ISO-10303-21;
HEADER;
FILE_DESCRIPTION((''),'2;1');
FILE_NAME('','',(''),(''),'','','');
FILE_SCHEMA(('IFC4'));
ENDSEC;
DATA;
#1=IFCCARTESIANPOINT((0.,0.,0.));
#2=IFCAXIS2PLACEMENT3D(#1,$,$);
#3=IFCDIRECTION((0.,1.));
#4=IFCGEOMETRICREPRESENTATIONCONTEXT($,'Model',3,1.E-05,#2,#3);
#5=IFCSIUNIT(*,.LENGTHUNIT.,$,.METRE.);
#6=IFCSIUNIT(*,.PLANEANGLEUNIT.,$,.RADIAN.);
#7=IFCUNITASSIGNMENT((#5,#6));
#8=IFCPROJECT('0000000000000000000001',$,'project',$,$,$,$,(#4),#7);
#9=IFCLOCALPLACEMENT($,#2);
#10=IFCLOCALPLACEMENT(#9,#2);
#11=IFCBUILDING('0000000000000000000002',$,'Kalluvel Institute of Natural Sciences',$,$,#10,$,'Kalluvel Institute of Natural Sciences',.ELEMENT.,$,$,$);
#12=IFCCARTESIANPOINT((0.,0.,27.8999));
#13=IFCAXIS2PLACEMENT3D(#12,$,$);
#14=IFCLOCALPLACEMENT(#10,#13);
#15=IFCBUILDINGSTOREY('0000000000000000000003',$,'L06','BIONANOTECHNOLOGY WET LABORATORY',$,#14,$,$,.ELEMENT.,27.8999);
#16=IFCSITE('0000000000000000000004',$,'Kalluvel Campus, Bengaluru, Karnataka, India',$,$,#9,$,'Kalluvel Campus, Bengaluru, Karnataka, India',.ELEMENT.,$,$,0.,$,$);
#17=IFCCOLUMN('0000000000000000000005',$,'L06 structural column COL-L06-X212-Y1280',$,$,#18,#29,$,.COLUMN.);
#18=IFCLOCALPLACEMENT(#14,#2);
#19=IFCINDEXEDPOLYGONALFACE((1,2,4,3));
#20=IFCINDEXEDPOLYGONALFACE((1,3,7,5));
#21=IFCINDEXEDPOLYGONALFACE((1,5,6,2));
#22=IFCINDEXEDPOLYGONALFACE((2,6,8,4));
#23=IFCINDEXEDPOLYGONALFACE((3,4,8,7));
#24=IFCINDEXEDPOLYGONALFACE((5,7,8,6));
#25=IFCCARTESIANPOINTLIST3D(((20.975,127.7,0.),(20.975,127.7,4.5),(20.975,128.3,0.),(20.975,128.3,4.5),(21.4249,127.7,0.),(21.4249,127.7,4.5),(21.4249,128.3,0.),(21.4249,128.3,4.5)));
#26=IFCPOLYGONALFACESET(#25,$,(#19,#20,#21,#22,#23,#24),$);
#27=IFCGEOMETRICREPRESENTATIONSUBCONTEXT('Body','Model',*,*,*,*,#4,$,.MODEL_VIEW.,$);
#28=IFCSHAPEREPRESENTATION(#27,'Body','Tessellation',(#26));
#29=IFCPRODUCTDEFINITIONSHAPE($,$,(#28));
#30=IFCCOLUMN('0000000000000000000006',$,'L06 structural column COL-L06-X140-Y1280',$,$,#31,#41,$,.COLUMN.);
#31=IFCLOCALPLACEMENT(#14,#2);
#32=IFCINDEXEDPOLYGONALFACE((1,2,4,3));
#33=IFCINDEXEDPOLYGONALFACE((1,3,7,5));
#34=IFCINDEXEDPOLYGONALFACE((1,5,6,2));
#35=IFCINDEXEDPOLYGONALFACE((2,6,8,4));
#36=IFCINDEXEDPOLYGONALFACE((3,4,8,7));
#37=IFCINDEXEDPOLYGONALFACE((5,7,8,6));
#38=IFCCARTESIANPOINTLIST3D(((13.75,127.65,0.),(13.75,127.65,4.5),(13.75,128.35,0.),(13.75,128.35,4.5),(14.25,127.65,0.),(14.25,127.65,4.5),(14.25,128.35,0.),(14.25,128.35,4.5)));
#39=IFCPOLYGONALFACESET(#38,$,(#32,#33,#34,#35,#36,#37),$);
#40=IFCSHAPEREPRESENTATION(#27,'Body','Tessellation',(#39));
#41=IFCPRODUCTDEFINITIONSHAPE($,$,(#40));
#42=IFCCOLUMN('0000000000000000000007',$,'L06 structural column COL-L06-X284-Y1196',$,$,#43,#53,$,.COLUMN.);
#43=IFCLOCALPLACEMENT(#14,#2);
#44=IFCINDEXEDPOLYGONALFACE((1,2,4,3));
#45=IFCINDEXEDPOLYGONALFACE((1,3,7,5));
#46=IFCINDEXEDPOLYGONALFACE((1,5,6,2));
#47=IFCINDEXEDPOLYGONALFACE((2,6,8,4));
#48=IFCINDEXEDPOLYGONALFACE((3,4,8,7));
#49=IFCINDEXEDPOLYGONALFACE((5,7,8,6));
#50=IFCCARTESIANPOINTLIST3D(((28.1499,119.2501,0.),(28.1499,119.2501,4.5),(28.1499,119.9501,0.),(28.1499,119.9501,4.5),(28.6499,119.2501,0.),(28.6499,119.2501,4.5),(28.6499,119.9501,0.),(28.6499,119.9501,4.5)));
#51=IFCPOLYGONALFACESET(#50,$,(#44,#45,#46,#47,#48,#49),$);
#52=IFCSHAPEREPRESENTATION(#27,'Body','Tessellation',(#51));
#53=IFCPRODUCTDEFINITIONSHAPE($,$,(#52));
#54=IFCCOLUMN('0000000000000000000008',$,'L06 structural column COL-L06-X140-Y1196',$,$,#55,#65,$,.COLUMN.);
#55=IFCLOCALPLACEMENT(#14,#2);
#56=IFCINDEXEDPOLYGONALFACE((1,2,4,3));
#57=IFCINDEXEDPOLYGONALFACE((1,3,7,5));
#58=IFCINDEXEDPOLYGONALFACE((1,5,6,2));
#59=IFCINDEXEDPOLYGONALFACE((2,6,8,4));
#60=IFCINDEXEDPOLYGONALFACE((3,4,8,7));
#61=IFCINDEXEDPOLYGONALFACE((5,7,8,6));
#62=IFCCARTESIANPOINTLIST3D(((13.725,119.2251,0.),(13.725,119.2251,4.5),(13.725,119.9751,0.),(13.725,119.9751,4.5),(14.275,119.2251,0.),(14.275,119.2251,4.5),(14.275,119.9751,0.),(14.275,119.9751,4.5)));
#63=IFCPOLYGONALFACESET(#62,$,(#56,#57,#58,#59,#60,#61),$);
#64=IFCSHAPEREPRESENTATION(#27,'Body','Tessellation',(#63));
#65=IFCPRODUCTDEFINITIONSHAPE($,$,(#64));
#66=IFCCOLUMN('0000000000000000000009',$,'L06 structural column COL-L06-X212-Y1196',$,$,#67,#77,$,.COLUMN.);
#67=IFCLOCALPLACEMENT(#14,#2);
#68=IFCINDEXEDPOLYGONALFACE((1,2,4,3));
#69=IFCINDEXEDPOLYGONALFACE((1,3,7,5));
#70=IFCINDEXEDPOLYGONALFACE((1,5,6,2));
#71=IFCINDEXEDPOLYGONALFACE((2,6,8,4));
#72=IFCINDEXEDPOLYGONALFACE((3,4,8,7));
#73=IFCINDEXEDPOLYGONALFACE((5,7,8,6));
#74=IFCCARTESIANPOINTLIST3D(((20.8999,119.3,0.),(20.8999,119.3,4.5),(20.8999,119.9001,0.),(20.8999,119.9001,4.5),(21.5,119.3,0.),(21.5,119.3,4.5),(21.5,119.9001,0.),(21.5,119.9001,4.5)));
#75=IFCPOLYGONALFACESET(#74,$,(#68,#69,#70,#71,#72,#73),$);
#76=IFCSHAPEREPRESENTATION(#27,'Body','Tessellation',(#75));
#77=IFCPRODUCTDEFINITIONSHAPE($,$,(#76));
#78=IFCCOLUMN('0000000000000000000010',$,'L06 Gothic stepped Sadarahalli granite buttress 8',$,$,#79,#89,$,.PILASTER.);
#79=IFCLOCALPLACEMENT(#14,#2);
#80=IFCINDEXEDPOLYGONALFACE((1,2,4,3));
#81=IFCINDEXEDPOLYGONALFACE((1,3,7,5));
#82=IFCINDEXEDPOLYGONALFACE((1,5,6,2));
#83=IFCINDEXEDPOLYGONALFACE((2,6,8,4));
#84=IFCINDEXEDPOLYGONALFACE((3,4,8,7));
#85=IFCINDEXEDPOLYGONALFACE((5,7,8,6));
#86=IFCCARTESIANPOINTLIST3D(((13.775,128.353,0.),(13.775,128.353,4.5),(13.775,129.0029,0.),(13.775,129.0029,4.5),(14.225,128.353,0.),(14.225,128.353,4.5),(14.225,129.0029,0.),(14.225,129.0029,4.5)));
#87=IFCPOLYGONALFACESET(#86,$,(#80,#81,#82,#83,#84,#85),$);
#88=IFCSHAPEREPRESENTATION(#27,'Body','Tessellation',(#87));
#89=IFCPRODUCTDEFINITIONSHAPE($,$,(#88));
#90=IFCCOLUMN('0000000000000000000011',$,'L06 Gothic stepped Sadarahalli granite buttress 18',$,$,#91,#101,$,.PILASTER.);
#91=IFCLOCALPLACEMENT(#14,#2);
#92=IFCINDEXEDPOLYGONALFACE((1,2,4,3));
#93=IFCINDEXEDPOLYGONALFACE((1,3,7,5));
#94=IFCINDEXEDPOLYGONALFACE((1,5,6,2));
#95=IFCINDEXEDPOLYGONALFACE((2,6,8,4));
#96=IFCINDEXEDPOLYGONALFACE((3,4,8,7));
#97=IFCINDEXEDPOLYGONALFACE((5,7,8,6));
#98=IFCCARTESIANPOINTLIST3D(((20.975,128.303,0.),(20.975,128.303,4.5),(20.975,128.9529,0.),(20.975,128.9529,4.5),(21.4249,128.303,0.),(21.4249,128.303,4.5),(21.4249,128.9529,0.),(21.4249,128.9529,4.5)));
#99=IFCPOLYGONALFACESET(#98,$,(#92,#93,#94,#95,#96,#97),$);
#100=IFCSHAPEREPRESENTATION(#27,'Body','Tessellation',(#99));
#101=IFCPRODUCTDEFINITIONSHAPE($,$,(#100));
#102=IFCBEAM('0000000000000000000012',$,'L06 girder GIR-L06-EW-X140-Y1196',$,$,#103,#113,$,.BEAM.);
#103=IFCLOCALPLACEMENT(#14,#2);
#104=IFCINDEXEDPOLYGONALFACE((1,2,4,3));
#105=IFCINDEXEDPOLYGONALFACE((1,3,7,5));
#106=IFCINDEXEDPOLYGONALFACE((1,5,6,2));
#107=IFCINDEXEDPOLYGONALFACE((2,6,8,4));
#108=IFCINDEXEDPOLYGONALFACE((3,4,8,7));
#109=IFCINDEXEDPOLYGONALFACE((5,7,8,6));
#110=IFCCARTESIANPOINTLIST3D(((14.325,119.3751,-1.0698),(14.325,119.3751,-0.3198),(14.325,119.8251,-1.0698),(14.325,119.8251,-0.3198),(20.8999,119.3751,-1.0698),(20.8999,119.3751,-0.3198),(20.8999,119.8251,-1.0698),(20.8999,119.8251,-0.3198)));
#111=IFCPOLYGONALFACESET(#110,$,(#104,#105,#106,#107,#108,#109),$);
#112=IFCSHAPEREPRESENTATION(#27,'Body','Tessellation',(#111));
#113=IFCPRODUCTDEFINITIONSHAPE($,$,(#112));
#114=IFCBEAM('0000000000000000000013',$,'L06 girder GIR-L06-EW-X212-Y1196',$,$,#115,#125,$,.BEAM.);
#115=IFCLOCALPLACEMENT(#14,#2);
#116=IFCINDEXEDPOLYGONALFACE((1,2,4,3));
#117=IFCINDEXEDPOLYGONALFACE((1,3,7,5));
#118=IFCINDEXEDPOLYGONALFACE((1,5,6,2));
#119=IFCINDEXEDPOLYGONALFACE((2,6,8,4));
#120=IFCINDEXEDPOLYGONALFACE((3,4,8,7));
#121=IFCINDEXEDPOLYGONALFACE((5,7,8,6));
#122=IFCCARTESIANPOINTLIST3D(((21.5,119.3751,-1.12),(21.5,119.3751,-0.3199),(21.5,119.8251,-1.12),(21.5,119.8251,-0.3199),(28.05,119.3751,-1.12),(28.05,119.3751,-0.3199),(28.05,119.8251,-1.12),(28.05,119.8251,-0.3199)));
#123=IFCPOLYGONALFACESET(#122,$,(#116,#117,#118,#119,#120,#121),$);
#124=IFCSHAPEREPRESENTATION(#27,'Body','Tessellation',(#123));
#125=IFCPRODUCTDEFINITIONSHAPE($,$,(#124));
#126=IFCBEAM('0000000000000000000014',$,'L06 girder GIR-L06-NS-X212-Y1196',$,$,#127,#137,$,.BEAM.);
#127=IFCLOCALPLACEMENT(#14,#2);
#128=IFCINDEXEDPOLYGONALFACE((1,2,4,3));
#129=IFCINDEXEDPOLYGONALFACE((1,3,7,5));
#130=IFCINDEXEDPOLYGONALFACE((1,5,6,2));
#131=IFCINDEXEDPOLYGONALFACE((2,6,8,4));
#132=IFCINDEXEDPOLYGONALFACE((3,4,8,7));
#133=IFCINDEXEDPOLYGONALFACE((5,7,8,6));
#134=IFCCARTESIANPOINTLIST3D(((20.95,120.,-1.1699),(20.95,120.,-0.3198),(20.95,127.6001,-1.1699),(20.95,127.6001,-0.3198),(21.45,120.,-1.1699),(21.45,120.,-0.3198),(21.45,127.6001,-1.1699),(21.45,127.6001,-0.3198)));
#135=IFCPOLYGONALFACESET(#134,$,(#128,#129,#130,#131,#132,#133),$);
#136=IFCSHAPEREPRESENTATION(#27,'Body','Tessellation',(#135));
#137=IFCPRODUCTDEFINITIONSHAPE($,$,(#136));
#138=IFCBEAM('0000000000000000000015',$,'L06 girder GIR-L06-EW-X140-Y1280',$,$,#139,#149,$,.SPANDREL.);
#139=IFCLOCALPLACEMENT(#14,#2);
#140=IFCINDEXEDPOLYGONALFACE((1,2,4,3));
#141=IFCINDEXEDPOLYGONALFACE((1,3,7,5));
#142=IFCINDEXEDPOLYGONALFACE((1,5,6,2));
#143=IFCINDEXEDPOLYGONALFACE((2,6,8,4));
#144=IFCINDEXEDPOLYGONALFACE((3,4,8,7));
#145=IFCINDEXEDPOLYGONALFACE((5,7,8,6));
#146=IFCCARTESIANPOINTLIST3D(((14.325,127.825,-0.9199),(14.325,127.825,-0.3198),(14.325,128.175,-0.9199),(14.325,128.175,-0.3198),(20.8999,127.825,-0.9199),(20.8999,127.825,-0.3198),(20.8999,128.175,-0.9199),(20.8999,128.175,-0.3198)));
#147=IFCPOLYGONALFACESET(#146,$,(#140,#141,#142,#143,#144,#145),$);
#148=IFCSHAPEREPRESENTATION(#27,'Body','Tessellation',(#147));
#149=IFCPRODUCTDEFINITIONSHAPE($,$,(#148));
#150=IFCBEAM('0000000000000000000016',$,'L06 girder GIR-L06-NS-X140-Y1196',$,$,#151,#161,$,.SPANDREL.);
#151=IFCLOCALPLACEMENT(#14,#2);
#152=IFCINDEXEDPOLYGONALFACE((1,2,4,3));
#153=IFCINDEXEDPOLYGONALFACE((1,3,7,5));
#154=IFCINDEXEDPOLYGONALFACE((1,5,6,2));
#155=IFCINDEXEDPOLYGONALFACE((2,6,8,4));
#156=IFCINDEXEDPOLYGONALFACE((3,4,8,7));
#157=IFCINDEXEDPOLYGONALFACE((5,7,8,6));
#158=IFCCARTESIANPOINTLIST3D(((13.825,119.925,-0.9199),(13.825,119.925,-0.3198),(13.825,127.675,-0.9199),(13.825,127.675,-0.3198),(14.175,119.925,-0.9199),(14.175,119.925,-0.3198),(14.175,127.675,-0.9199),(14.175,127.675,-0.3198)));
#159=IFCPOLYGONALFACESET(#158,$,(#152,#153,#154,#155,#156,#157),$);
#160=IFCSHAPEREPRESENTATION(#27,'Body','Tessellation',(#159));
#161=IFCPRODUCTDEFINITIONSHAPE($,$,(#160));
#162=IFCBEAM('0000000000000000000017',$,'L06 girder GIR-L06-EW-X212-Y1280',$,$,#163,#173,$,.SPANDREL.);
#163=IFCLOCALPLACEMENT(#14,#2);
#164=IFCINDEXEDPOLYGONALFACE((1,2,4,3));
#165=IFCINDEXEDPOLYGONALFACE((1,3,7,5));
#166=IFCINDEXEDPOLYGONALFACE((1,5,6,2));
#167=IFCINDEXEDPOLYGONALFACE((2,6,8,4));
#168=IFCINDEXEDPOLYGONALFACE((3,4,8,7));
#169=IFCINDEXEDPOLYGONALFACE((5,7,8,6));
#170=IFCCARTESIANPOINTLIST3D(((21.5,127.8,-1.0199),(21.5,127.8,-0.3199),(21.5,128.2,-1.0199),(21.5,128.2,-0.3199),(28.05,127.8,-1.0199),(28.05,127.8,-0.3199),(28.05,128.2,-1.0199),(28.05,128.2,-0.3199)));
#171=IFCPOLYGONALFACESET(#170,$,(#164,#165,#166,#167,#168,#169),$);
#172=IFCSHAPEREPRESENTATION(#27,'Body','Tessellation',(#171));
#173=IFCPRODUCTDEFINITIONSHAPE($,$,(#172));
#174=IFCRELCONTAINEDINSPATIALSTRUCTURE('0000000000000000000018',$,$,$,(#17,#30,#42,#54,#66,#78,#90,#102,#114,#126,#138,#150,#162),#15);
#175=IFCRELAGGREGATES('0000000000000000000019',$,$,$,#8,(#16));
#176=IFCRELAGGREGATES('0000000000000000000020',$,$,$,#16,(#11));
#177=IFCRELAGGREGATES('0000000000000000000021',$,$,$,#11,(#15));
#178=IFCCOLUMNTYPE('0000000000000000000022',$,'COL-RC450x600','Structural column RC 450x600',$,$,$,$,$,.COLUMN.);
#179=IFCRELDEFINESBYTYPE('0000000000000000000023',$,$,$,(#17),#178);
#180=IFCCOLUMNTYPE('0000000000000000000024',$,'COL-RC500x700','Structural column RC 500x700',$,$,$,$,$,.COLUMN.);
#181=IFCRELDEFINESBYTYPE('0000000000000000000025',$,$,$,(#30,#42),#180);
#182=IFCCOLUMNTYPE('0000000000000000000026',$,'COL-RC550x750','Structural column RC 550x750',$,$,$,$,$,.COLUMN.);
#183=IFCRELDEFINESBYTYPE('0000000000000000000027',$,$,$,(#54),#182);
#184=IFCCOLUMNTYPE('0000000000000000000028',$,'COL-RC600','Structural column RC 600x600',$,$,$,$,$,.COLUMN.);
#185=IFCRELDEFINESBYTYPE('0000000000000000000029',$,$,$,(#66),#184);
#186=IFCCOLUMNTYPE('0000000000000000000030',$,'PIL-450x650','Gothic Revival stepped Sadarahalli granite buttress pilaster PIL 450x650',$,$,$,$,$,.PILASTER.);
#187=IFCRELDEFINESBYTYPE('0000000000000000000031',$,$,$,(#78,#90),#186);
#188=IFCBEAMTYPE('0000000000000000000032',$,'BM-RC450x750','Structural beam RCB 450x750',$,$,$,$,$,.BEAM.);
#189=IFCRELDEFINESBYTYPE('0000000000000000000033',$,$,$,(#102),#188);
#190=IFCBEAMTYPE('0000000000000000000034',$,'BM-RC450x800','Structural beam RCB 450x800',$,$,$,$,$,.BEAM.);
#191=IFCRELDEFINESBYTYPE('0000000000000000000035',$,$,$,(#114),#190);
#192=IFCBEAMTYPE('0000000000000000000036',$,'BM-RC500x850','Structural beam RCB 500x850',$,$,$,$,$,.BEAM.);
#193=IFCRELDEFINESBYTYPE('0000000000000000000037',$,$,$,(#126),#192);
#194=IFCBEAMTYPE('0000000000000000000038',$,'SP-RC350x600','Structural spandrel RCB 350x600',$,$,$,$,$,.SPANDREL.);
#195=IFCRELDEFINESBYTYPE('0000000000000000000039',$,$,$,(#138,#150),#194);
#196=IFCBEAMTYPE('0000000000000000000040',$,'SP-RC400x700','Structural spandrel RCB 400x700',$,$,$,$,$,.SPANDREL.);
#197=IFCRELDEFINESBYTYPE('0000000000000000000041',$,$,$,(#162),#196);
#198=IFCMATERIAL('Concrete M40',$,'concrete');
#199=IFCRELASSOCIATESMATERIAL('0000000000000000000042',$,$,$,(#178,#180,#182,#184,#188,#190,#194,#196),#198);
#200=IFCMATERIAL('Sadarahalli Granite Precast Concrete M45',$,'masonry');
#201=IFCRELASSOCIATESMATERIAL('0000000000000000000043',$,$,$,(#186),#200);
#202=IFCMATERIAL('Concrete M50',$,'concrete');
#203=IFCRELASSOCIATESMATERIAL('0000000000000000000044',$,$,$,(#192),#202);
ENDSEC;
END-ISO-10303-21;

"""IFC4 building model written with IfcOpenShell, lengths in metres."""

from ifc_helpers import new_model, si_unit, direction, frame, origin, origin_2d, place, context, subcontext, project, spatial, rectangle, extrude, material, material_profile, profile_set, type_object, element, save


model = new_model("IFC4")

# Units and contexts
model_context = context("Model", 3, precision=1e-05, world=origin(), true_north=direction((0.0, 1.0)))
body_context = subcontext(model_context, "Body", "Model", "MODEL_VIEW")
ifc_project = project(units=[si_unit("LENGTHUNIT", "METRE"), si_unit("PLANEANGLEUNIT", "RADIAN")], contexts=[model_context])

# Site, building, storey
site_placement = place(None, origin())
site = spatial("IfcSite", under=ifc_project, at=site_placement, Name="Kalluvel Campus, Bengaluru, Karnataka, India", LongName="Kalluvel Campus, Bengaluru, Karnataka, India", CompositionType="ELEMENT", RefElevation=0.0)
building_placement = place(site_placement, origin())
building = spatial("IfcBuilding", under=site, at=building_placement, Name="Kalluvel Institute of Natural Sciences", LongName="Kalluvel Institute of Natural Sciences", CompositionType="ELEMENT")
storey_placement = place(building_placement, frame((0.0, 0.0, 27.8999)))
storey = spatial("IfcBuildingStorey", under=building, at=storey_placement, Name="L06", Description="BIONANOTECHNOLOGY WET LABORATORY", CompositionType="ELEMENT", Elevation=27.8999)

# Columns
ifc_material_1 = material(Name="Concrete M40", Category="concrete")
ifc_material_profile_1 = material_profile(ifc_material_1, rectangle(XDim=0.45, YDim=0.6001, at=origin_2d()), Name="RC 450x600")
ifc_profile_set_1 = profile_set([ifc_material_profile_1], Name="Concrete M40")
column_type_1 = type_object("IfcColumnType", Name="COL-RC450x600", Description="Structural column RC 450x600", PredefinedType="COLUMN", material=ifc_profile_set_1)
column_1_placement = place(storey_placement, frame((21.2, 128.0, 0.0), z_axis=(0.0, 0.0, 1.0), x_axis=(1.0, 0.0, 0.0)))
element("IfcColumn", 1, at=column_1_placement, inside=storey, type_object=column_type_1, Name="L06 structural column COL-L06-X212-Y1280", PredefinedType="COLUMN", context=body_context, shape_type="SweptSolid", body=[
    extrude(rectangle(XDim=0.45, YDim=0.6001, at=origin_2d()), origin(), (0.0, 0.0, 1.0), 4.5),
])
ifc_material_profile_2 = material_profile(ifc_material_1, rectangle(XDim=0.5, YDim=0.7, at=origin_2d()), Name="RC 500x700")
ifc_profile_set_2 = profile_set([ifc_material_profile_2], Name="Concrete M40")
column_type_2 = type_object("IfcColumnType", Name="COL-RC500x700", Description="Structural column RC 500x700", PredefinedType="COLUMN", material=ifc_profile_set_2)
for number, where, z_axis, x_axis, name in (
    (2, (14.0, 128.0, 0.0), (0.0, 0.0, 1.0), (1.0, 0.0, 0.0), "L06 structural column COL-L06-X140-Y1280"),
    (3, (28.3999, 119.6001, 0.0), (0.0, 0.0, 1.0), (1.0, 0.0, 0.0), "L06 structural column COL-L06-X284-Y1196"),
):
    element("IfcColumn", number, at=place(storey_placement, frame(where, z_axis=z_axis, x_axis=x_axis)), inside=storey, type_object=column_type_2, Name=name, PredefinedType="COLUMN", context=body_context, shape_type="SweptSolid", body=[
        extrude(rectangle(XDim=0.5, YDim=0.7, at=origin_2d()), origin(), (0.0, 0.0, 1.0), 4.5),
    ])
ifc_material_profile_3 = material_profile(ifc_material_1, rectangle(XDim=0.55, YDim=0.75, at=origin_2d()), Name="RC 550x750")
ifc_profile_set_3 = profile_set([ifc_material_profile_3], Name="Concrete M40")
column_type_3 = type_object("IfcColumnType", Name="COL-RC550x750", Description="Structural column RC 550x750", PredefinedType="COLUMN", material=ifc_profile_set_3)
column_2_placement = place(storey_placement, frame((14.0, 119.6001, 0.0), z_axis=(0.0, 0.0, 1.0), x_axis=(1.0, 0.0, 0.0)))
element("IfcColumn", 4, at=column_2_placement, inside=storey, type_object=column_type_3, Name="L06 structural column COL-L06-X140-Y1196", PredefinedType="COLUMN", context=body_context, shape_type="SweptSolid", body=[
    extrude(rectangle(XDim=0.55, YDim=0.75, at=origin_2d()), origin(), (0.0, 0.0, 1.0), 4.5),
])
ifc_material_profile_4 = material_profile(ifc_material_1, rectangle(XDim=0.6001, YDim=0.6001, at=origin_2d()), Name="RC 600x600")
ifc_profile_set_4 = profile_set([ifc_material_profile_4], Name="Concrete M40")
column_type_4 = type_object("IfcColumnType", Name="COL-RC600", Description="Structural column RC 600x600", PredefinedType="COLUMN", material=ifc_profile_set_4)
column_3_placement = place(storey_placement, frame((21.2, 119.6001, 0.0), z_axis=(0.0, 0.0, 1.0), x_axis=(1.0, 0.0, 0.0)))
element("IfcColumn", 5, at=column_3_placement, inside=storey, type_object=column_type_4, Name="L06 structural column COL-L06-X212-Y1196", PredefinedType="COLUMN", context=body_context, shape_type="SweptSolid", body=[
    extrude(rectangle(XDim=0.6001, YDim=0.6001, at=origin_2d()), origin(), (0.0, 0.0, 1.0), 4.5),
])
ifc_material_2 = material(Name="Sadarahalli Granite Precast Concrete M45", Category="masonry")
ifc_material_profile_5 = material_profile(ifc_material_2, rectangle(XDim=0.45, YDim=0.6499, at=origin_2d()), Name="PIL 450x650")
ifc_profile_set_5 = profile_set([ifc_material_profile_5], Name="Sadarahalli Granite Precast Concrete M45")
column_type_5 = type_object("IfcColumnType", Name="PIL-450x650", Description="Gothic Revival stepped Sadarahalli granite buttress pilaster PIL 450x650", PredefinedType="PILASTER", material=ifc_profile_set_5)
for number, where, z_axis, x_axis, name in (
    (6, (14.0, 128.678, 0.0), (0.0, 0.0, 1.0), (1.0, 0.0, 0.0), "L06 Gothic stepped Sadarahalli granite buttress 8"),
    (7, (21.2, 128.6279, 0.0), (0.0, 0.0, 1.0), (1.0, 0.0, 0.0), "L06 Gothic stepped Sadarahalli granite buttress 18"),
):
    element("IfcColumn", number, at=place(storey_placement, frame(where, z_axis=z_axis, x_axis=x_axis)), inside=storey, type_object=column_type_5, Name=name, PredefinedType="PILASTER", context=body_context, shape_type="SweptSolid", body=[
        extrude(rectangle(XDim=0.45, YDim=0.6499, at=origin_2d()), origin(), (0.0, 0.0, 1.0), 4.5),
    ])

# Beams
ifc_material_profile_6 = material_profile(ifc_material_1, rectangle(XDim=0.45, YDim=0.75, at=origin_2d()), Name="RCB 450x750")
ifc_profile_set_6 = profile_set([ifc_material_profile_6], Name="Concrete M40")
beam_type_1 = type_object("IfcBeamType", Name="BM-RC450x750", Description="Structural beam RCB 450x750", PredefinedType="BEAM", material=ifc_profile_set_6)
beam_1_placement = place(storey_placement, frame((14.325, 119.6001, -0.6948), z_axis=(1.0, 0.0, 0.0), x_axis=(0.0, 1.0, 0.0)))
element("IfcBeam", 8, at=beam_1_placement, inside=storey, type_object=beam_type_1, Name="L06 girder GIR-L06-EW-X140-Y1196", PredefinedType="BEAM", context=body_context, shape_type="SweptSolid", body=[
    extrude(rectangle(XDim=0.45, YDim=0.75, at=origin_2d()), origin(), (0.0, 0.0, 1.0), 6.575),
])
ifc_material_profile_7 = material_profile(ifc_material_1, rectangle(XDim=0.45, YDim=0.8, at=origin_2d()), Name="RCB 450x800")
ifc_profile_set_7 = profile_set([ifc_material_profile_7], Name="Concrete M40")
beam_type_2 = type_object("IfcBeamType", Name="BM-RC450x800", Description="Structural beam RCB 450x800", PredefinedType="BEAM", material=ifc_profile_set_7)
beam_2_placement = place(storey_placement, frame((21.5, 119.6001, -0.72), z_axis=(1.0, 0.0, 0.0), x_axis=(0.0, 1.0, 0.0)))
element("IfcBeam", 9, at=beam_2_placement, inside=storey, type_object=beam_type_2, Name="L06 girder GIR-L06-EW-X212-Y1196", PredefinedType="BEAM", context=body_context, shape_type="SweptSolid", body=[
    extrude(rectangle(XDim=0.45, YDim=0.8, at=origin_2d()), origin(), (0.0, 0.0, 1.0), 6.55),
])
ifc_material_3 = material(Name="Concrete M50", Category="concrete")
ifc_material_profile_8 = material_profile(ifc_material_3, rectangle(XDim=0.5, YDim=0.8501, at=origin_2d()), Name="RCB 500x850")
ifc_profile_set_8 = profile_set([ifc_material_profile_8], Name="Concrete M50")
beam_type_3 = type_object("IfcBeamType", Name="BM-RC500x850", Description="Structural beam RCB 500x850", PredefinedType="BEAM", material=ifc_profile_set_8)
beam_3_placement = place(storey_placement, frame((21.2, 120.0, -0.7449), z_axis=(0.0, 1.0, 0.0), x_axis=(-1.0, 0.0, 0.0)))
element("IfcBeam", 10, at=beam_3_placement, inside=storey, type_object=beam_type_3, Name="L06 girder GIR-L06-NS-X212-Y1196", PredefinedType="BEAM", context=body_context, shape_type="SweptSolid", body=[
    extrude(rectangle(XDim=0.5, YDim=0.8501, at=origin_2d()), origin(), (0.0, 0.0, 1.0), 7.6001),
])
ifc_material_profile_9 = material_profile(ifc_material_1, rectangle(XDim=0.3501, YDim=0.6001, at=origin_2d()), Name="RCB 350x600")
ifc_profile_set_9 = profile_set([ifc_material_profile_9], Name="Concrete M40")
beam_type_4 = type_object("IfcBeamType", Name="SP-RC350x600", Description="Structural spandrel RCB 350x600", PredefinedType="SPANDREL", material=ifc_profile_set_9)
beam_4_placement = place(storey_placement, frame((14.325, 128.0, -0.6199), z_axis=(1.0, 0.0, 0.0), x_axis=(0.0, 1.0, 0.0)))
element("IfcBeam", 11, at=beam_4_placement, inside=storey, type_object=beam_type_4, Name="L06 girder GIR-L06-EW-X140-Y1280", PredefinedType="SPANDREL", context=body_context, shape_type="SweptSolid", body=[
    extrude(rectangle(XDim=0.3501, YDim=0.6001, at=origin_2d()), origin(), (0.0, 0.0, 1.0), 6.575),
])
beam_5_placement = place(storey_placement, frame((14.0, 119.925, -0.6199), z_axis=(0.0, 1.0, 0.0), x_axis=(-1.0, 0.0, 0.0)))
element("IfcBeam", 12, at=beam_5_placement, inside=storey, type_object=beam_type_4, Name="L06 girder GIR-L06-NS-X140-Y1196", PredefinedType="SPANDREL", context=body_context, shape_type="SweptSolid", body=[
    extrude(rectangle(XDim=0.3501, YDim=0.6001, at=origin_2d()), origin(), (0.0, 0.0, 1.0), 7.75),
])
ifc_material_profile_10 = material_profile(ifc_material_1, rectangle(XDim=0.3999, YDim=0.7, at=origin_2d()), Name="RCB 400x700")
ifc_profile_set_10 = profile_set([ifc_material_profile_10], Name="Concrete M40")
beam_type_5 = type_object("IfcBeamType", Name="SP-RC400x700", Description="Structural spandrel RCB 400x700", PredefinedType="SPANDREL", material=ifc_profile_set_10)
beam_6_placement = place(storey_placement, frame((21.5, 128.0, -0.6699), z_axis=(1.0, 0.0, 0.0), x_axis=(0.0, 1.0, 0.0)))
element("IfcBeam", 13, at=beam_6_placement, inside=storey, type_object=beam_type_5, Name="L06 girder GIR-L06-EW-X212-Y1280", PredefinedType="SPANDREL", context=body_context, shape_type="SweptSolid", body=[
    extrude(rectangle(XDim=0.3999, YDim=0.7, at=origin_2d()), origin(), (0.0, 0.0, 1.0), 6.55),
])

save(model, "model.ifc")
